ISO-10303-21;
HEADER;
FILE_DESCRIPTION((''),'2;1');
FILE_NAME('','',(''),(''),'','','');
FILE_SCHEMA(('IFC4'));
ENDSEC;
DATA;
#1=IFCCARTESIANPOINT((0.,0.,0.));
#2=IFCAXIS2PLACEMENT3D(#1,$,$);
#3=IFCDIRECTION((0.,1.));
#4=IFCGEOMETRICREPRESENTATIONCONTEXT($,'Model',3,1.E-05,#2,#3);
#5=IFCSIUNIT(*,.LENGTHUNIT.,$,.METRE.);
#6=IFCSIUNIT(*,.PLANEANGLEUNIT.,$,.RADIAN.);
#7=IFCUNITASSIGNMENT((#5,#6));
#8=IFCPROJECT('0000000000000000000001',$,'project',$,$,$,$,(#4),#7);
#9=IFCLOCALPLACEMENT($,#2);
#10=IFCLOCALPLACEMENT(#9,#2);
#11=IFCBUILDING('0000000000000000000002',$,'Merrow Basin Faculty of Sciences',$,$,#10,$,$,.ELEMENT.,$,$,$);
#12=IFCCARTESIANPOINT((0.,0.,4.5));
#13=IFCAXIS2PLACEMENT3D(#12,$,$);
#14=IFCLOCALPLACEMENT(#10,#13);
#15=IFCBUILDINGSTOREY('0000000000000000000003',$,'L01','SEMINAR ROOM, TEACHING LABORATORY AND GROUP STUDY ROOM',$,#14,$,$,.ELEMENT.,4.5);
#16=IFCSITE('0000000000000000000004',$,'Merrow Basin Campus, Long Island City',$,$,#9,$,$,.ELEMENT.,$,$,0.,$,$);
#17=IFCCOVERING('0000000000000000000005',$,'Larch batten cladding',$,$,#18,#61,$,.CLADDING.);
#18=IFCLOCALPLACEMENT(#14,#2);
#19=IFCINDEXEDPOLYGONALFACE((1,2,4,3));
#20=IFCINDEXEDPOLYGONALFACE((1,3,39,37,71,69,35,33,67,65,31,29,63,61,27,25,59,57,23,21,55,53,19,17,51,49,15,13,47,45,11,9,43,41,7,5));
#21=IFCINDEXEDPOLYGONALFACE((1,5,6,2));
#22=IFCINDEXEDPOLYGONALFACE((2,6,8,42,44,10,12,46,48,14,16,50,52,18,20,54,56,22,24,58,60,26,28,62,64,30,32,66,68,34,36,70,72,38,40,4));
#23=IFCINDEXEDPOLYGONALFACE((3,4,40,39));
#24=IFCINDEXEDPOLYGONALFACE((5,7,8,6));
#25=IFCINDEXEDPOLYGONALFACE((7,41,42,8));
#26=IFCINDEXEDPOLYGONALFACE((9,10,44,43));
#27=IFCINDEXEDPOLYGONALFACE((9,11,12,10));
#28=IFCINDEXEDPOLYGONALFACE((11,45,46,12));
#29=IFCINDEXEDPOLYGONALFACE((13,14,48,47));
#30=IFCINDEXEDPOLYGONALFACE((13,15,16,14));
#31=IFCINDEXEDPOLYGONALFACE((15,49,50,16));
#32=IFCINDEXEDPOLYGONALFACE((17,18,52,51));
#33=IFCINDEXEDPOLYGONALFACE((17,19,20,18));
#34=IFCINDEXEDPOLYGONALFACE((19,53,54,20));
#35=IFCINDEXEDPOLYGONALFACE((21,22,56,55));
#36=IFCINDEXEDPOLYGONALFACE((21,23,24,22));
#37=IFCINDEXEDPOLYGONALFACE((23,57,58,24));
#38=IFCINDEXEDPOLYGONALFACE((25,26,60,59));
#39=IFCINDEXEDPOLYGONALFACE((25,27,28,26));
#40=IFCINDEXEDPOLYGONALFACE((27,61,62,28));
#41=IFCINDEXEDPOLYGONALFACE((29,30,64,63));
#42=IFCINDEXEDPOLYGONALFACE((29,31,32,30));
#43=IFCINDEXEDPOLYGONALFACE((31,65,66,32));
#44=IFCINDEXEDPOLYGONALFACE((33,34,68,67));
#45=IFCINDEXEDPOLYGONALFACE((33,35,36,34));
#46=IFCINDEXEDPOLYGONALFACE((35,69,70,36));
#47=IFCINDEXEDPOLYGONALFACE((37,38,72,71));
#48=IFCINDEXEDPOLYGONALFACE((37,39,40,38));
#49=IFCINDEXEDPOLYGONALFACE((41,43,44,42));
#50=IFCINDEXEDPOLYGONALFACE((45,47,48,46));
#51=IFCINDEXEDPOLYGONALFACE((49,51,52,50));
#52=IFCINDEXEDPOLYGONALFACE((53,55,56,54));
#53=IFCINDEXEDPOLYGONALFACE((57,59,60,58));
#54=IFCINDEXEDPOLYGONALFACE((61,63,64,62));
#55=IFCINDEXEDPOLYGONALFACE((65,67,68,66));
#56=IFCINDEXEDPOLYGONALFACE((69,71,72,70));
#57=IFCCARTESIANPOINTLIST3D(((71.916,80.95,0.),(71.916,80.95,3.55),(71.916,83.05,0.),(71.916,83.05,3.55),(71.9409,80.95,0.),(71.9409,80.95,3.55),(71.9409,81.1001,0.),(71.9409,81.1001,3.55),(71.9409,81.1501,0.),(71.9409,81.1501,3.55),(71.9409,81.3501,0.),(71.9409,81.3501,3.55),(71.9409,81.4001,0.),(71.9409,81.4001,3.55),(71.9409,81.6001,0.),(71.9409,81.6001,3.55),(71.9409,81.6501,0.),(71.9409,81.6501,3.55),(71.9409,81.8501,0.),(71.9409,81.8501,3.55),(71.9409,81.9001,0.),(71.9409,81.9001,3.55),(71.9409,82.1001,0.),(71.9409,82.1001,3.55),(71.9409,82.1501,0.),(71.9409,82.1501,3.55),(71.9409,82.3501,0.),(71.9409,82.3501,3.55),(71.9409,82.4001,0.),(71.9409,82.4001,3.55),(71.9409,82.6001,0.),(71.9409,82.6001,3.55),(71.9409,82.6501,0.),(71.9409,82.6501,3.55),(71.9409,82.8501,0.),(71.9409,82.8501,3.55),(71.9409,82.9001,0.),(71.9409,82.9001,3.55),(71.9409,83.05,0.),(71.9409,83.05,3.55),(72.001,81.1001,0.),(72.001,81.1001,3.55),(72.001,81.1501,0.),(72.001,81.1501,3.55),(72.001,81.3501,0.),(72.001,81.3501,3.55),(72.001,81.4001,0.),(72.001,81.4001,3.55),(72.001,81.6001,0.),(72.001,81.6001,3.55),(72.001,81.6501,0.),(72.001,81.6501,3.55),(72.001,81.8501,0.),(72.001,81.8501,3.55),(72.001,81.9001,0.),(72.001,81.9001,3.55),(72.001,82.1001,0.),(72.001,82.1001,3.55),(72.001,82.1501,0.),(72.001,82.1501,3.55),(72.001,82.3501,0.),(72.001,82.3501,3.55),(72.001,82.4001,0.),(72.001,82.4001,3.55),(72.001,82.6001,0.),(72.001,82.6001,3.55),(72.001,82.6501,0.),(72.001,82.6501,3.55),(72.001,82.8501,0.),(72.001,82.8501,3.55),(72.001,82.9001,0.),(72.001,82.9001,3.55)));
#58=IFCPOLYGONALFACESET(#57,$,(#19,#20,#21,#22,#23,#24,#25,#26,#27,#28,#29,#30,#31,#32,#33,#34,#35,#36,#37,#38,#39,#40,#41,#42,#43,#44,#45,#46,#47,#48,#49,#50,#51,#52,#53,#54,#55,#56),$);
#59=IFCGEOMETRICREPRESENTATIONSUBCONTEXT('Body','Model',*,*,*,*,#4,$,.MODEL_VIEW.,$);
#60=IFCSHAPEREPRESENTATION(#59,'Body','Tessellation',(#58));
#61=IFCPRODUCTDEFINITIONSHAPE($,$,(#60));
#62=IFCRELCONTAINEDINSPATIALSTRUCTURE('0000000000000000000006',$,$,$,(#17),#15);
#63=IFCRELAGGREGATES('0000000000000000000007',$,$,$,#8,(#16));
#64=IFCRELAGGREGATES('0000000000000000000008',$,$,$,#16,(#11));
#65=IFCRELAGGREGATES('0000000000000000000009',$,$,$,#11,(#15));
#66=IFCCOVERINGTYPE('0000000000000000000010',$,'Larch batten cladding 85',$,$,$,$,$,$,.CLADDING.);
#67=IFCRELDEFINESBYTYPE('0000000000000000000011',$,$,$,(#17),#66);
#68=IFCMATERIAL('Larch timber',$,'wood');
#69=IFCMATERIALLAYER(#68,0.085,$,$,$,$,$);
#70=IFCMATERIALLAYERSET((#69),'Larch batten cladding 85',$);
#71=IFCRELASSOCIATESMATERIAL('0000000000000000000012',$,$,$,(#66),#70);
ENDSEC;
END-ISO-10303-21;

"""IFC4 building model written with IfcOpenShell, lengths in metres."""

from ifc_helpers import new_model, si_unit, direction, frame, origin, place, context, subcontext, project, spatial, polyline, outline, extrude, source, transform, mapped, material, layer, layer_set, type_object, element, save


model = new_model("IFC4")

# Units and contexts
model_context = context("Model", 3, precision=1e-05, world=origin(), true_north=direction((0.0, 1.0)))
body_context = subcontext(model_context, "Body", "Model", "MODEL_VIEW")
ifc_project = project(units=[si_unit("LENGTHUNIT", "METRE"), si_unit("PLANEANGLEUNIT", "RADIAN")], contexts=[model_context])

# Site, building, storey
site_placement = place(None, origin())
site = spatial("IfcSite", under=ifc_project, at=site_placement, Name="Merrow Basin Campus, Long Island City", CompositionType="ELEMENT", RefElevation=0.0)
building_placement = place(site_placement, origin())
building = spatial("IfcBuilding", under=site, at=building_placement, Name="Merrow Basin Faculty of Sciences", CompositionType="ELEMENT")
storey_placement = place(building_placement, frame((0.0, 0.0, 4.5)))
storey = spatial("IfcBuildingStorey", under=building, at=storey_placement, Name="L01", Description="SEMINAR ROOM, TEACHING LABORATORY AND GROUP STUDY ROOM", CompositionType="ELEMENT", Elevation=4.5)

# Covering
ifc_material_1 = material(Name="Larch timber", Category="wood")
ifc_layer_1 = layer(ifc_material_1, 0.085)
ifc_layer_set_1 = layer_set([ifc_layer_1], Name="Larch batten cladding 85")
covering_type = type_object("IfcCoveringType", Name="Larch batten cladding 85", PredefinedType="CLADDING", material=ifc_layer_set_1)
shared_shape_1 = source(origin(), body_context, "Body", "SweptSolid", [
    extrude(outline(polyline([(0.0, 0.0), (2.1001, 0.0), (2.1001, 0.0249), (1.95, 0.0249), (1.95, 0.085), (1.8999, 0.085), (1.8999, 0.0249), (1.7, 0.0249), (1.7, 0.085), (1.6499, 0.085), (1.6499, 0.0249), (1.45, 0.0249), (1.45, 0.085), (1.3999, 0.085), (1.3999, 0.0249), (1.2, 0.0249), (1.2, 0.085), (1.1499, 0.085), (1.1499, 0.0249), (0.95, 0.0249), (0.95, 0.085), (0.8999, 0.085), (0.8999, 0.0249), (0.7, 0.0249), (0.7, 0.085), (0.6499, 0.085), (0.6499, 0.0249), (0.45, 0.0249), (0.45, 0.085), (0.3999, 0.085), (0.3999, 0.0249), (0.2, 0.0249), (0.2, 0.085), (0.1499, 0.085), (0.1499, 0.0249), (0.0, 0.0249), (0.0, 0.0)])), origin(), (0.0, 0.0, 1.0), 3.55),
])
for number, where, z_axis, x_axis, name in (
    (1, (71.916, 83.05, 0.0), (0.0, 0.0, 1.0), (0.0, -1.0, 0.0), "Larch batten cladding"),
):
    element("IfcCovering", number, at=place(storey_placement, frame(where, z_axis=z_axis, x_axis=x_axis)), inside=storey, type_object=covering_type, Name=name, PredefinedType="CLADDING", context=body_context, shape_type="MappedRepresentation", body=[
        mapped(shared_shape_1, transform((0.0, 0.0, 0.0), scale=1.0)),
    ])

save(model, "model.ifc")
